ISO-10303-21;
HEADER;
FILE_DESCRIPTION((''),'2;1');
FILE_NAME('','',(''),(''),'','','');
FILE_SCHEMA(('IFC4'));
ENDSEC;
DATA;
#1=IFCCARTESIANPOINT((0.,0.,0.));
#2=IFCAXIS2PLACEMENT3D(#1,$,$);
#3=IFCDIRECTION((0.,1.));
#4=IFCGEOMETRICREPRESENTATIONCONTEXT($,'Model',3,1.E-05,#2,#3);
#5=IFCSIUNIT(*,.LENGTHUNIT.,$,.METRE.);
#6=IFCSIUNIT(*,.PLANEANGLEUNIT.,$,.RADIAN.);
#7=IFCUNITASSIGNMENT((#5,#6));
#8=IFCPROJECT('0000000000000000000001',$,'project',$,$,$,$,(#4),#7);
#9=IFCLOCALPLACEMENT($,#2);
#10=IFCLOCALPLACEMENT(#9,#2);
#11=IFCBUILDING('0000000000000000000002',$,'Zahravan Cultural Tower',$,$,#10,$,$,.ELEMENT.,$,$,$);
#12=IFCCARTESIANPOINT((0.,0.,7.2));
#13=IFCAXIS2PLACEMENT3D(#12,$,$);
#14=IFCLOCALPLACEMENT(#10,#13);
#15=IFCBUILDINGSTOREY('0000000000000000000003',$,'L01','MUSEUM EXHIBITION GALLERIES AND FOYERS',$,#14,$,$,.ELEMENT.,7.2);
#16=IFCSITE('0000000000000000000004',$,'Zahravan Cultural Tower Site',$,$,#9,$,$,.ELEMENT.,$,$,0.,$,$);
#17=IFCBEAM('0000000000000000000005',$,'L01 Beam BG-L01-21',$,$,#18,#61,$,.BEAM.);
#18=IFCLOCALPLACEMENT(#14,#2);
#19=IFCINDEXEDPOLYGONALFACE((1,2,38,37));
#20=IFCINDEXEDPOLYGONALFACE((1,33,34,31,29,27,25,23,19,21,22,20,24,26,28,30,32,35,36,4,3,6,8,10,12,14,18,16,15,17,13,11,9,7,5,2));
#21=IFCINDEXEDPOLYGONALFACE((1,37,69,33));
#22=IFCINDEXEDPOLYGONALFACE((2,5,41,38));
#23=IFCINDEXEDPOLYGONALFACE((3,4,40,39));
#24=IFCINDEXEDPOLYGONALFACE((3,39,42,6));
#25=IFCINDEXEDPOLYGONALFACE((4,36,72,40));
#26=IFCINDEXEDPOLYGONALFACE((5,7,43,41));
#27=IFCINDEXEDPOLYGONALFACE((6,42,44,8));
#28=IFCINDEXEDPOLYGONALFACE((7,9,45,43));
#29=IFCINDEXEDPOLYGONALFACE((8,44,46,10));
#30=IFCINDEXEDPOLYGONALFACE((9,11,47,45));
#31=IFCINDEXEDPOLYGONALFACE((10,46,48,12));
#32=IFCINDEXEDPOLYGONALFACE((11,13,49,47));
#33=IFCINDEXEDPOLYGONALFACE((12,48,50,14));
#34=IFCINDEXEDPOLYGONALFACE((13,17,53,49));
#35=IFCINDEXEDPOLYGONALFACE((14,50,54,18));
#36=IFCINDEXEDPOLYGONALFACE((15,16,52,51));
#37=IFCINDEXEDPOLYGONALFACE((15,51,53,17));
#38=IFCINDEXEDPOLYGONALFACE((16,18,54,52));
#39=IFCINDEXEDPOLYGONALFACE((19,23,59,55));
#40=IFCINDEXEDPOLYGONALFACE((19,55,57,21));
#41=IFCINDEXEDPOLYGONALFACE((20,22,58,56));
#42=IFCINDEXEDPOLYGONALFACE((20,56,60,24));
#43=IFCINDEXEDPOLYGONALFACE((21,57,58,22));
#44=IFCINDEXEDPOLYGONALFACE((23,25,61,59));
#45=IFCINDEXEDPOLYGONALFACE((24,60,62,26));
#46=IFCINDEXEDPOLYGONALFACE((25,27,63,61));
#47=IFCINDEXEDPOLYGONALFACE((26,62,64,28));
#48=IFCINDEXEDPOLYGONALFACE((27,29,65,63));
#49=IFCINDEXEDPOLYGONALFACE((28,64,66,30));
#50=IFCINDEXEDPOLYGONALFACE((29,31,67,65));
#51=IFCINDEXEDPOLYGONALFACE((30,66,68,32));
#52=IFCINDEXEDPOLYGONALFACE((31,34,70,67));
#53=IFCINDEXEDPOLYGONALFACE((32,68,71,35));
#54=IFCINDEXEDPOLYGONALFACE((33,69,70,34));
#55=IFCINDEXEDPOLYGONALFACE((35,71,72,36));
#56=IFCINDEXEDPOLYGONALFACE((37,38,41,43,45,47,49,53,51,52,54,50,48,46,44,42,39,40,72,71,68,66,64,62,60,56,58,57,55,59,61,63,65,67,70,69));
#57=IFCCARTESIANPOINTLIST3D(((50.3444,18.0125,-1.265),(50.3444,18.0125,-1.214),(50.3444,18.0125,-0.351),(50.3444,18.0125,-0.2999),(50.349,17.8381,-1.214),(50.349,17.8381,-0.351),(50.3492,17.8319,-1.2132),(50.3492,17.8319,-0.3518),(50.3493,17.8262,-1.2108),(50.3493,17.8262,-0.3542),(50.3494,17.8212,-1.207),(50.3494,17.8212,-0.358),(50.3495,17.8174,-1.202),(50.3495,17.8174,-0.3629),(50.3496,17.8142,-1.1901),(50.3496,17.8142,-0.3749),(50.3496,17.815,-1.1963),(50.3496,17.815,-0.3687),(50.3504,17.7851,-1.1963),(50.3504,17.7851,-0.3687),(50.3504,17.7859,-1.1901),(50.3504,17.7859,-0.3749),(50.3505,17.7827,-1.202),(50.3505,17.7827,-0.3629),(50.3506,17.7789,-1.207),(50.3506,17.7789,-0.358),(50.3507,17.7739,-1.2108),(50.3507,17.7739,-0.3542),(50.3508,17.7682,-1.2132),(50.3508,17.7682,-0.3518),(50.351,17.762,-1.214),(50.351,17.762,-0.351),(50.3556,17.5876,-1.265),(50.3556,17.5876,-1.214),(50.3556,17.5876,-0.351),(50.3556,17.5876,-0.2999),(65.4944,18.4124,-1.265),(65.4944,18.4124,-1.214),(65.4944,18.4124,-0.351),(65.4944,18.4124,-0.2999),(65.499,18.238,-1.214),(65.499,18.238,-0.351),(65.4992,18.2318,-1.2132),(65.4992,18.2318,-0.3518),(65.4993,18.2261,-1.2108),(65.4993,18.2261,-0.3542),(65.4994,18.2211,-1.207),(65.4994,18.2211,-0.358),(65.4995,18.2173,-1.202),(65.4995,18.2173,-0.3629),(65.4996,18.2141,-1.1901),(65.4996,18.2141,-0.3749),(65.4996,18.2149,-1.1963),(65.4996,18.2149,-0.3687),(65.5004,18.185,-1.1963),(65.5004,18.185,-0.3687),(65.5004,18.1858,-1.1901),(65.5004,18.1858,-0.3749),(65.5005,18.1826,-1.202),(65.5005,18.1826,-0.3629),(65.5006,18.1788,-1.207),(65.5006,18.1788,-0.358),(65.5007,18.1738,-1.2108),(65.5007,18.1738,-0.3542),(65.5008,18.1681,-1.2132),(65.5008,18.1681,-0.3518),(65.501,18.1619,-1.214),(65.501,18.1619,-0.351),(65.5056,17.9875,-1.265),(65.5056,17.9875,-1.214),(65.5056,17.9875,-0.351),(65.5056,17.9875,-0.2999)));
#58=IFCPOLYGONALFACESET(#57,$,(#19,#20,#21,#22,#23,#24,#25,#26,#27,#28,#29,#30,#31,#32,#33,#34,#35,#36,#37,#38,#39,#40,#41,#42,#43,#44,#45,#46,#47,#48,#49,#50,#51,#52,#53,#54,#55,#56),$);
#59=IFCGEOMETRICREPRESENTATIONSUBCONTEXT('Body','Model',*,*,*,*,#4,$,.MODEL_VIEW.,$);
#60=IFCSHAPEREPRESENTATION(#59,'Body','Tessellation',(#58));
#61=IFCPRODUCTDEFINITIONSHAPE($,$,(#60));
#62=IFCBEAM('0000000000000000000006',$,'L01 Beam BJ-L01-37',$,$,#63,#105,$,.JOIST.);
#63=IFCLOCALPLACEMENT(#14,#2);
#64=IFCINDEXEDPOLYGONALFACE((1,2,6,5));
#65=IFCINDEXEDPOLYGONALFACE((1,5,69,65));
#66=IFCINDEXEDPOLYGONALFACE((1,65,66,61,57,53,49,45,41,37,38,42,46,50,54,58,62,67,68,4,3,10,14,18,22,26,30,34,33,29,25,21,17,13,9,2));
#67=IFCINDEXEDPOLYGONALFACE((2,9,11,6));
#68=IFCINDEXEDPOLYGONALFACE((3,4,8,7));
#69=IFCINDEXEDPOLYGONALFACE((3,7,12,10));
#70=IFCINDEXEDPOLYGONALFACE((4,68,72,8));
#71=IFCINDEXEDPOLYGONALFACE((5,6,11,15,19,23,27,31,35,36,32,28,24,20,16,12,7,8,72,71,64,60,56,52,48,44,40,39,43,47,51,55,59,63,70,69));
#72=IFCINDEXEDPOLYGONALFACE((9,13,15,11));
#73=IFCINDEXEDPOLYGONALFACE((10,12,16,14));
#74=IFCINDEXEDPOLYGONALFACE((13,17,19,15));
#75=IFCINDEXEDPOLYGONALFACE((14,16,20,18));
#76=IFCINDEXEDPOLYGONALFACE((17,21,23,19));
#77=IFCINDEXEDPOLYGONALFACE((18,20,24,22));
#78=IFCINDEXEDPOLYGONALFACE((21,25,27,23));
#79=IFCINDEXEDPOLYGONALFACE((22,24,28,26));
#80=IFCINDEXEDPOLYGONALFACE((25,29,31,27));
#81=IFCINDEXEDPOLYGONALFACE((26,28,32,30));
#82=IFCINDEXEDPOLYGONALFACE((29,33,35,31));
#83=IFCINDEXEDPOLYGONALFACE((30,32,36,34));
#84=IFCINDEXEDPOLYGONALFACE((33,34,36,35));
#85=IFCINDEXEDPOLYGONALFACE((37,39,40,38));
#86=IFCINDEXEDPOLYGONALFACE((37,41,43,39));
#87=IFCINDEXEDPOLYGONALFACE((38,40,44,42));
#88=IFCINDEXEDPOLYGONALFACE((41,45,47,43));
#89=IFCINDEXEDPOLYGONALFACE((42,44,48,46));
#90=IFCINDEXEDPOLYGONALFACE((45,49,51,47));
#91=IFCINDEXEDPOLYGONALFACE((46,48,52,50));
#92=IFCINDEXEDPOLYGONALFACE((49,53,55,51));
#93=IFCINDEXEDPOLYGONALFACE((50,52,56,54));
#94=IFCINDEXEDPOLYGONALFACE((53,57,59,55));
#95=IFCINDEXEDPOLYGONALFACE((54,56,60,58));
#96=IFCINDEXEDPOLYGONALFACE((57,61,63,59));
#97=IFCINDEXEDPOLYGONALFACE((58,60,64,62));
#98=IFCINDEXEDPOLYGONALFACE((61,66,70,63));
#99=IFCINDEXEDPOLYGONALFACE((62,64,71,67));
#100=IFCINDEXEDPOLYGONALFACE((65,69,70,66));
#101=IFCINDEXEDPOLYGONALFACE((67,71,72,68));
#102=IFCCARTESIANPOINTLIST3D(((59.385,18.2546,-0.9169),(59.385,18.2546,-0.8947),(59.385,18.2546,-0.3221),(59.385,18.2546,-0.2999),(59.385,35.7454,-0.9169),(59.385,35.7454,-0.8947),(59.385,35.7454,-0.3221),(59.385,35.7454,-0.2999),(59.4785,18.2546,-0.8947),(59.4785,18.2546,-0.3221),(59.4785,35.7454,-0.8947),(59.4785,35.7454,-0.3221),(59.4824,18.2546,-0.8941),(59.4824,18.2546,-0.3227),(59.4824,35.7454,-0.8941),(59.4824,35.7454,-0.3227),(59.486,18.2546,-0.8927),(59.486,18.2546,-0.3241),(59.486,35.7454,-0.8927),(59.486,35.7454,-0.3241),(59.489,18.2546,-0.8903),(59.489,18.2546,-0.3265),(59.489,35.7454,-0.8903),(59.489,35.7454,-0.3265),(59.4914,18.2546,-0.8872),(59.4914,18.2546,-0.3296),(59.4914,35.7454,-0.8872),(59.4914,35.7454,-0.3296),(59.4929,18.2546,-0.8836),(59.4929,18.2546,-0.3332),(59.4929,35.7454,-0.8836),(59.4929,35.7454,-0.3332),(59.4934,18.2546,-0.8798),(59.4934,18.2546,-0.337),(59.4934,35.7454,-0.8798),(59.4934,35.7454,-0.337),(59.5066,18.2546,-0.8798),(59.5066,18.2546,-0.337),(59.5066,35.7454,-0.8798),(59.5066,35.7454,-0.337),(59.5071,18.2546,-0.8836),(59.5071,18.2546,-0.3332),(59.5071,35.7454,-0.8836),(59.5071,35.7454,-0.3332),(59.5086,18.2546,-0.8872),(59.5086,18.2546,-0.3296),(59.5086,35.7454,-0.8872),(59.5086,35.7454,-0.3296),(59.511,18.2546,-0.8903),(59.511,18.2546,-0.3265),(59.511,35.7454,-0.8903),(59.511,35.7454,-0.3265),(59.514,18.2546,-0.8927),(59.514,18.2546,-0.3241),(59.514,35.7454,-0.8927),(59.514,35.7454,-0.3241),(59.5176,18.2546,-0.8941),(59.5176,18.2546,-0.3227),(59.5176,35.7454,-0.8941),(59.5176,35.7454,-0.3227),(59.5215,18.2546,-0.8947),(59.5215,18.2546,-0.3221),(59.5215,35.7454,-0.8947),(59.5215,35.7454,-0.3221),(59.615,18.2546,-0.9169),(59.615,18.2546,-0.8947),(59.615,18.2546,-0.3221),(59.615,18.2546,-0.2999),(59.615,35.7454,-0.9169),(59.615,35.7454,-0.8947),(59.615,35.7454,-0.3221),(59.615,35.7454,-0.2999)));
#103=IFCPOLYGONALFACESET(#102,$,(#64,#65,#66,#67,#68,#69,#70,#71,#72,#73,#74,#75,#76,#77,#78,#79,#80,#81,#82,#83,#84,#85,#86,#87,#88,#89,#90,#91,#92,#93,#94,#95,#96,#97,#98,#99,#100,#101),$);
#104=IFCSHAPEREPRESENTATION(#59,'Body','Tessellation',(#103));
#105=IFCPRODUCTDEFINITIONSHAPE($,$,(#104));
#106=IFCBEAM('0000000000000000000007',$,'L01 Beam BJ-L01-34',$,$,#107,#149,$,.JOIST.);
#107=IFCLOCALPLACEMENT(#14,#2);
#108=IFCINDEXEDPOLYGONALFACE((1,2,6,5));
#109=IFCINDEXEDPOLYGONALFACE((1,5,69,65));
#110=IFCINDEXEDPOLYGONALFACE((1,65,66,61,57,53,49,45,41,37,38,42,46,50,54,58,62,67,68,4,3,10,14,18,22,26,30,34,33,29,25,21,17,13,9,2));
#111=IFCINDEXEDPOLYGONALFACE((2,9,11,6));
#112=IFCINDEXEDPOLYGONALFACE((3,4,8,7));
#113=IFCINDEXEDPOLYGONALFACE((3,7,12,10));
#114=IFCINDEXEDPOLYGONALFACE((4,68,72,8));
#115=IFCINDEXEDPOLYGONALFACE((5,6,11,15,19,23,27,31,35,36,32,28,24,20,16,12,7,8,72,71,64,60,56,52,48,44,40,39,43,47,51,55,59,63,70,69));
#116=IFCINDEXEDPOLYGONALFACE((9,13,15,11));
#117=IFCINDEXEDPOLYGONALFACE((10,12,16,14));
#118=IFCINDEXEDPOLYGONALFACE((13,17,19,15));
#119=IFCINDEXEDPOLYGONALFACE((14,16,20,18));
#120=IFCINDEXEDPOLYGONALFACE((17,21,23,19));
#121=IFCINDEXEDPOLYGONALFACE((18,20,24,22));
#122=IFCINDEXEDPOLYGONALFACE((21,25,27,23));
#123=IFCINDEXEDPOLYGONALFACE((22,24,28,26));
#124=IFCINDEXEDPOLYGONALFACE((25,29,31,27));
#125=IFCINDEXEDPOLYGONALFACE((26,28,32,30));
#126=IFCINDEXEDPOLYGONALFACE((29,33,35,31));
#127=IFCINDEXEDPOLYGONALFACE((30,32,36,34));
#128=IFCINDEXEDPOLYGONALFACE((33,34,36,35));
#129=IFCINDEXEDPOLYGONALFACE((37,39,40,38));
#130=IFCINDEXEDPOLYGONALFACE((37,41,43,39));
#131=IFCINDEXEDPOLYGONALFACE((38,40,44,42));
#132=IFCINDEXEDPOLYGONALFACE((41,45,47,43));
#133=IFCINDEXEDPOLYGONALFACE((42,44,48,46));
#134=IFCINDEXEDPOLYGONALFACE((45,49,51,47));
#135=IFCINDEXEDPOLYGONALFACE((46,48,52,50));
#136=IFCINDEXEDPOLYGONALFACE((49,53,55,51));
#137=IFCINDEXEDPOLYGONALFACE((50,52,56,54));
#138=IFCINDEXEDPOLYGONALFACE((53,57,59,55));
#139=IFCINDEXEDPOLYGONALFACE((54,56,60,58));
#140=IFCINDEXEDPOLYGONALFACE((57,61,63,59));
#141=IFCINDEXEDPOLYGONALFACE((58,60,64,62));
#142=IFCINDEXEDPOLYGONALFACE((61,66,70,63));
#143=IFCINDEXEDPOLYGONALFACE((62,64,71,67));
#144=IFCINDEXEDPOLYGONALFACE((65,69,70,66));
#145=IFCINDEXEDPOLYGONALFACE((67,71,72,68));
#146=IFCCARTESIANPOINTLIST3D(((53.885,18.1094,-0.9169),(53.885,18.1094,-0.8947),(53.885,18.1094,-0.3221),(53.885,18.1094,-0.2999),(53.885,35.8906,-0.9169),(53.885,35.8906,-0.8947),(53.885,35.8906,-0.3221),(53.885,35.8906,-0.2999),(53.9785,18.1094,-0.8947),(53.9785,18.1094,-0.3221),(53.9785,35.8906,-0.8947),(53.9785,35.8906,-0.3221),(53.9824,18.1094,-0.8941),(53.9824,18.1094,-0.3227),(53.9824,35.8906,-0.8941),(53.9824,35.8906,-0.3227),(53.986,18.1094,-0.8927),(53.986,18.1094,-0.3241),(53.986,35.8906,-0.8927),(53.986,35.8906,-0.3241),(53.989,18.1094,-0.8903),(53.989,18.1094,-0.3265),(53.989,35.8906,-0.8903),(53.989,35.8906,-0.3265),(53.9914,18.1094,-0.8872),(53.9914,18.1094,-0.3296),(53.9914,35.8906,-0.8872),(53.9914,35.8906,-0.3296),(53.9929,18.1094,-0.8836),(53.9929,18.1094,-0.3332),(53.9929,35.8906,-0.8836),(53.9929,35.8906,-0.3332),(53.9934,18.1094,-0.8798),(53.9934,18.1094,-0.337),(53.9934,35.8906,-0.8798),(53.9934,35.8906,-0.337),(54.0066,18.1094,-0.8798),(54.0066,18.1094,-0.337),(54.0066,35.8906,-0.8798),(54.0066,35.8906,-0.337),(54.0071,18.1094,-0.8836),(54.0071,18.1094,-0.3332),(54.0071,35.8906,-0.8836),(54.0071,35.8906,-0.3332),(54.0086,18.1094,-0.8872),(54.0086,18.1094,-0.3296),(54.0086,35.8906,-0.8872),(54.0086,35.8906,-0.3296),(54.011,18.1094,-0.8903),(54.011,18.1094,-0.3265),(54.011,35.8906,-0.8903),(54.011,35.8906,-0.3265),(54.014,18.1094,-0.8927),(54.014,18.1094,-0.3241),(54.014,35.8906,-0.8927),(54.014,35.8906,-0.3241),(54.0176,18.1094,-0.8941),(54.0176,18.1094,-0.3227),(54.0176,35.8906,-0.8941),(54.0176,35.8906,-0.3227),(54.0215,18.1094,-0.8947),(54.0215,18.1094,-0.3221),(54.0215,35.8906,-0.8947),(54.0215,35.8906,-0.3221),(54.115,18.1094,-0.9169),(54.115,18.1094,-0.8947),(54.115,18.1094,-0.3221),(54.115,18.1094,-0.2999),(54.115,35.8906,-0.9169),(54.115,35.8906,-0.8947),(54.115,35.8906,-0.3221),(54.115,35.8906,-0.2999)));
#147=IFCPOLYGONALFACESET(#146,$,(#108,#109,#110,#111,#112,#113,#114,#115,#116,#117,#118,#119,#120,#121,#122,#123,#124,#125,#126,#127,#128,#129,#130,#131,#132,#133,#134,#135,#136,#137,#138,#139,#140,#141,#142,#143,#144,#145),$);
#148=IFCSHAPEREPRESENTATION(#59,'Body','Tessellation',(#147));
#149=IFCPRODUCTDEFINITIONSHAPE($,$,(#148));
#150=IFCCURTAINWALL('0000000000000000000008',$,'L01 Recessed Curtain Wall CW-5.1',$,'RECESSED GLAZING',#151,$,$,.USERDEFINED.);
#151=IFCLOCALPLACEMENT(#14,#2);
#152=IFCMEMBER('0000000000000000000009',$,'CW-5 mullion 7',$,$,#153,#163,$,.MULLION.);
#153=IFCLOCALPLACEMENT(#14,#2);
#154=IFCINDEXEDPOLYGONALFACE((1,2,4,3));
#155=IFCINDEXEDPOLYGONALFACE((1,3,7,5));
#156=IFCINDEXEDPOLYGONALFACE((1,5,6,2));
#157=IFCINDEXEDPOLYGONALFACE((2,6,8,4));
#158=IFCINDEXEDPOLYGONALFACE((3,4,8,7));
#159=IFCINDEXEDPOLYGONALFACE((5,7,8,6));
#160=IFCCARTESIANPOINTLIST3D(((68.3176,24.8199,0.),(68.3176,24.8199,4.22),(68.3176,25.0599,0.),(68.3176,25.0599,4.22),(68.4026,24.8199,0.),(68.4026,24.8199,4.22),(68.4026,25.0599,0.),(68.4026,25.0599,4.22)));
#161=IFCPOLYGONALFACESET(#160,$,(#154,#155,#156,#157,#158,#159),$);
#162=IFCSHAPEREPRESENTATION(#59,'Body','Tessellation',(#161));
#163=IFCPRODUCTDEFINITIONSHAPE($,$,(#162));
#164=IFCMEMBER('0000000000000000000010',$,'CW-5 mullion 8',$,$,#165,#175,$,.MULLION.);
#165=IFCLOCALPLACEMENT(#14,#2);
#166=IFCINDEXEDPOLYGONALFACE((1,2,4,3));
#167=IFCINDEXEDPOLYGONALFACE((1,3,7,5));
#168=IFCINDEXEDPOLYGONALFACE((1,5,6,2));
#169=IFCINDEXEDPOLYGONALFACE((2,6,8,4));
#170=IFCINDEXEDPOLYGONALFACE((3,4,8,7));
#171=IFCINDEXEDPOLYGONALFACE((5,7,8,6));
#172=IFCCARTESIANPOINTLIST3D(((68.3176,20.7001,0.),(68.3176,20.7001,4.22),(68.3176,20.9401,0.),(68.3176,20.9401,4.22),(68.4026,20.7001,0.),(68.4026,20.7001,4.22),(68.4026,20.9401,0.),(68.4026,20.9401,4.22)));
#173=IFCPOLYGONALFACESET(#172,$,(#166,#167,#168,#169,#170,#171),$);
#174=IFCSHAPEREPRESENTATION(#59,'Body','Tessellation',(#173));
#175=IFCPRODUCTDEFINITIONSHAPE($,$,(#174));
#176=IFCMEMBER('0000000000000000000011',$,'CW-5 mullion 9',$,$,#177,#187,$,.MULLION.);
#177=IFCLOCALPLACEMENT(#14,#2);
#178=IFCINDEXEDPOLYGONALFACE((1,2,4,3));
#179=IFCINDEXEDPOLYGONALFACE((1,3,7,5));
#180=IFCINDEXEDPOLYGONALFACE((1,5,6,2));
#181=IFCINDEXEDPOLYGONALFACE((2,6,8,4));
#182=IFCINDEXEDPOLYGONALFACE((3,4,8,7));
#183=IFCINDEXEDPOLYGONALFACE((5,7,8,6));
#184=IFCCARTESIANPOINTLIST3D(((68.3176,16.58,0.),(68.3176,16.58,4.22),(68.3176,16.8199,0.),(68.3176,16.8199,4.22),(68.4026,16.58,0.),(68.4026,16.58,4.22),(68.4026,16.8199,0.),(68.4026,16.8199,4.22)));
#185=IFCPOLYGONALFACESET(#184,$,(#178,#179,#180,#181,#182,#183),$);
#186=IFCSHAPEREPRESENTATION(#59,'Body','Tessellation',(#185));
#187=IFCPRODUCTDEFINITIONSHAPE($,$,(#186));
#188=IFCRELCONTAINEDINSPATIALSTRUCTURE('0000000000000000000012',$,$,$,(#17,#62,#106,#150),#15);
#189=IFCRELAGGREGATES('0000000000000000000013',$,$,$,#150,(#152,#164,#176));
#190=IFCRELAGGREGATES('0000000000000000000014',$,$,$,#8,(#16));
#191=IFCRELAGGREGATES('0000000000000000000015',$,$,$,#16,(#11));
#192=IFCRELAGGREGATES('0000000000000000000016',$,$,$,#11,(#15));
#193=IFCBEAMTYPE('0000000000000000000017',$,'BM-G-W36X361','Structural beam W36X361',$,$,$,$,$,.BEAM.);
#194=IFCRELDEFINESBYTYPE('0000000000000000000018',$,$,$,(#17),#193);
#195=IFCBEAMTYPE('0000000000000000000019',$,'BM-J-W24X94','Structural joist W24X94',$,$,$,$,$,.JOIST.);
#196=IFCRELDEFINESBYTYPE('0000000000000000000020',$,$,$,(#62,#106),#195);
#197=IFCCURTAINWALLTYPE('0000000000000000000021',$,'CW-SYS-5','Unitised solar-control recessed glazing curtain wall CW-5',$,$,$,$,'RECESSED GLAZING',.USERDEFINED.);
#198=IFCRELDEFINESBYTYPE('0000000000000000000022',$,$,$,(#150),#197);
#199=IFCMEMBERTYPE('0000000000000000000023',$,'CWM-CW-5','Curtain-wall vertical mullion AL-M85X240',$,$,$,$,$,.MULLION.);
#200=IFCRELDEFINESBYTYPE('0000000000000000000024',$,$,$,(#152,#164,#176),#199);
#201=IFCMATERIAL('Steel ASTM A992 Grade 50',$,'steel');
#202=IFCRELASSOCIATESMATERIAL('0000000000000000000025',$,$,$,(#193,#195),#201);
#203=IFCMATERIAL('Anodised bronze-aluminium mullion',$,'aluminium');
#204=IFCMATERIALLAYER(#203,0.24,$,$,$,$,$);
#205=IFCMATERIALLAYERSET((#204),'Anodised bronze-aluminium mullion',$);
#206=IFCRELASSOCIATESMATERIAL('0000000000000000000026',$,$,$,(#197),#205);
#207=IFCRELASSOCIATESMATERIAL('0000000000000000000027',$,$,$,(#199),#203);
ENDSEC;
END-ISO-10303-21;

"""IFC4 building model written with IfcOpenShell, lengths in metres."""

from ifc_helpers import new_model, si_unit, direction, frame, origin, origin_2d, place, context, subcontext, project, spatial, rectangle, i_section, extrude, source, transform, mapped, material, layer, layer_set, material_profile, profile_set, type_object, element, aggregate, save


model = new_model("IFC4")

# Units and contexts
model_context = context("Model", 3, precision=1e-05, world=origin(), true_north=direction((0.0, 1.0)))
body_context = subcontext(model_context, "Body", "Model", "MODEL_VIEW")
ifc_project = project(units=[si_unit("LENGTHUNIT", "METRE"), si_unit("PLANEANGLEUNIT", "RADIAN")], contexts=[model_context])

# Site, building, storey
site_placement = place(None, origin())
site = spatial("IfcSite", under=ifc_project, at=site_placement, Name="Zahravan Cultural Tower Site", CompositionType="ELEMENT", RefElevation=0.0)
building_placement = place(site_placement, origin())
building = spatial("IfcBuilding", under=site, at=building_placement, Name="Zahravan Cultural Tower", CompositionType="ELEMENT")
storey_placement = place(building_placement, frame((0.0, 0.0, 7.2)))
storey = spatial("IfcBuildingStorey", under=building, at=storey_placement, Name="L01", Description="MUSEUM EXHIBITION GALLERIES AND FOYERS", CompositionType="ELEMENT", Elevation=7.2)

# Beams
ifc_material_1 = material(Name="Steel ASTM A992 Grade 50", Category="steel")
ifc_material_profile_1 = material_profile(ifc_material_1, i_section(OverallWidth=0.425, OverallDepth=0.9651, WebThickness=0.0283, FlangeThickness=0.051, FilletRadius=0.0239, at=origin_2d()), Name="W36X361")
ifc_profile_set_1 = profile_set([ifc_material_profile_1], Name="Steel ASTM A992 Grade 50")
beam_type_1 = type_object("IfcBeamType", Name="BM-G-W36X361", Description="Structural beam W36X361", PredefinedType="BEAM", material=ifc_profile_set_1)
shared_shape_1 = source(origin(), body_context, "Body", "SweptSolid", [
    extrude(i_section(OverallWidth=0.425, OverallDepth=0.9651, WebThickness=0.0283, FlangeThickness=0.051, FilletRadius=0.0239, at=origin_2d()), origin(), (0.0, 0.0, 1.0), 15.1553),
])
beam_1_placement = place(storey_placement, frame((65.5, 18.2, -0.7825), z_axis=(-0.999652, -0.026387, 0.0), x_axis=(0.026387, -0.999652, 0.0)))
element("IfcBeam", 1, at=beam_1_placement, inside=storey, type_object=beam_type_1, Name="L01 Beam BG-L01-21", PredefinedType="BEAM", context=body_context, shape_type="MappedRepresentation", body=[
    mapped(shared_shape_1, transform((0.0, 0.0, 0.0), x_axis=(1.0, 0.0, 0.0), y_axis=(0.0, 1.0, 0.0), z_axis=(0.0, 0.0, 1.0), scale=1.0)),
])
ifc_material_profile_2 = material_profile(ifc_material_1, i_section(OverallWidth=0.23, OverallDepth=0.6169, WebThickness=0.0132, FlangeThickness=0.0222, FilletRadius=0.0149, at=origin_2d()), Name="W24X94")
ifc_profile_set_2 = profile_set([ifc_material_profile_2], Name="Steel ASTM A992 Grade 50")
beam_type_2 = type_object("IfcBeamType", Name="BM-J-W24X94", Description="Structural joist W24X94", PredefinedType="JOIST", material=ifc_profile_set_2)
shared_shape_2 = source(origin(), body_context, "Body", "SweptSolid", [
    extrude(i_section(OverallWidth=0.23, OverallDepth=0.6169, WebThickness=0.0132, FlangeThickness=0.0222, FilletRadius=0.0149, at=origin_2d()), origin(), (0.0, 0.0, 1.0), 17.4907),
])
beam_2_placement = place(storey_placement, frame((59.5, 18.2546, -0.6084), z_axis=(0.0, 1.0, 0.0), x_axis=(-1.0, 0.0, 0.0)))
element("IfcBeam", 2, at=beam_2_placement, inside=storey, type_object=beam_type_2, Name="L01 Beam BJ-L01-37", PredefinedType="JOIST", context=body_context, shape_type="MappedRepresentation", body=[
    mapped(shared_shape_2, transform((0.0, 0.0, 0.0), x_axis=(1.0, 0.0, 0.0), y_axis=(0.0, 1.0, 0.0), z_axis=(0.0, 0.0, 1.0), scale=1.0)),
])
shared_shape_3 = source(origin(), body_context, "Body", "SweptSolid", [
    extrude(i_section(OverallWidth=0.23, OverallDepth=0.6169, WebThickness=0.0132, FlangeThickness=0.0222, FilletRadius=0.0149, at=origin_2d()), origin(), (0.0, 0.0, 1.0), 17.7812),
])
beam_3_placement = place(storey_placement, frame((54.0, 18.1094, -0.6084), z_axis=(0.0, 1.0, 0.0), x_axis=(-1.0, 0.0, 0.0)))
element("IfcBeam", 3, at=beam_3_placement, inside=storey, type_object=beam_type_2, Name="L01 Beam BJ-L01-34", PredefinedType="JOIST", context=body_context, shape_type="MappedRepresentation", body=[
    mapped(shared_shape_3, transform((0.0, 0.0, 0.0), x_axis=(1.0, 0.0, 0.0), y_axis=(0.0, 1.0, 0.0), z_axis=(0.0, 0.0, 1.0), scale=1.0)),
])

# Curtain wall, members
ifc_material_2 = material(Name="Anodised bronze-aluminium mullion", Category="aluminium")
ifc_layer_1 = layer(ifc_material_2, 0.24)
ifc_layer_set_1 = layer_set([ifc_layer_1], Name="Anodised bronze-aluminium mullion")
curtain_wall_type = type_object("IfcCurtainWallType", Name="CW-SYS-5", Description="Unitised solar-control recessed glazing curtain wall CW-5", ElementType="RECESSED GLAZING", PredefinedType="USERDEFINED", material=ifc_layer_set_1)
curtain_wall_placement = place(storey_placement, origin())
curtain_wall = element("IfcCurtainWall", 4, at=curtain_wall_placement, inside=storey, type_object=curtain_wall_type, Name="L01 Recessed Curtain Wall CW-5.1", ObjectType="RECESSED GLAZING", PredefinedType="USERDEFINED")
ifc_material_profile_3 = material_profile(ifc_material_2, rectangle(XDim=0.085, YDim=0.24, at=origin_2d()), Name="AL-M85X240")
ifc_profile_set_3 = profile_set([ifc_material_profile_3], Name="Anodised bronze-aluminium mullion")
member_type_1 = type_object("IfcMemberType", Name="CWM-CW-5", Description="Curtain-wall vertical mullion AL-M85X240", PredefinedType="MULLION", material=ifc_profile_set_3)
shared_shape_4 = source(origin(), body_context, "Body", "SweptSolid", [
    extrude(rectangle(XDim=0.085, YDim=0.24, at=origin_2d()), origin(), (0.0, 0.0, 1.0), 4.22),
])
member_1_placement = place(storey_placement, frame((68.3601, 24.9399, 0.0), z_axis=(0.0, 0.0, 1.0), x_axis=(1.0, 0.0, 0.0)))
member_1 = element("IfcMember", 5, at=member_1_placement, type_object=member_type_1, Name="CW-5 mullion 7", PredefinedType="MULLION", context=body_context, shape_type="MappedRepresentation", body=[
    mapped(shared_shape_4, transform((0.0, 0.0, 0.0), x_axis=(1.0, 0.0, 0.0), y_axis=(0.0, 1.0, 0.0), z_axis=(0.0, 0.0, 1.0), scale=1.0)),
])
member_2_placement = place(storey_placement, frame((68.3601, 20.8201, 0.0), z_axis=(0.0, 0.0, 1.0), x_axis=(1.0, 0.0, 0.0)))
member_2 = element("IfcMember", 6, at=member_2_placement, type_object=member_type_1, Name="CW-5 mullion 8", PredefinedType="MULLION", context=body_context, shape_type="MappedRepresentation", body=[
    mapped(shared_shape_4, transform((0.0, 0.0, 0.0), x_axis=(1.0, 0.0, 0.0), y_axis=(0.0, 1.0, 0.0), z_axis=(0.0, 0.0, 1.0), scale=1.0)),
])
member_3_placement = place(storey_placement, frame((68.3601, 16.7, 0.0), z_axis=(0.0, 0.0, 1.0), x_axis=(1.0, 0.0, 0.0)))
member_3 = element("IfcMember", 7, at=member_3_placement, type_object=member_type_1, Name="CW-5 mullion 9", PredefinedType="MULLION", context=body_context, shape_type="MappedRepresentation", body=[
    mapped(shared_shape_4, transform((0.0, 0.0, 0.0), x_axis=(1.0, 0.0, 0.0), y_axis=(0.0, 1.0, 0.0), z_axis=(0.0, 0.0, 1.0), scale=1.0)),
])
aggregate(curtain_wall, [member_1, member_2, member_3])

save(model, "model.ifc")
